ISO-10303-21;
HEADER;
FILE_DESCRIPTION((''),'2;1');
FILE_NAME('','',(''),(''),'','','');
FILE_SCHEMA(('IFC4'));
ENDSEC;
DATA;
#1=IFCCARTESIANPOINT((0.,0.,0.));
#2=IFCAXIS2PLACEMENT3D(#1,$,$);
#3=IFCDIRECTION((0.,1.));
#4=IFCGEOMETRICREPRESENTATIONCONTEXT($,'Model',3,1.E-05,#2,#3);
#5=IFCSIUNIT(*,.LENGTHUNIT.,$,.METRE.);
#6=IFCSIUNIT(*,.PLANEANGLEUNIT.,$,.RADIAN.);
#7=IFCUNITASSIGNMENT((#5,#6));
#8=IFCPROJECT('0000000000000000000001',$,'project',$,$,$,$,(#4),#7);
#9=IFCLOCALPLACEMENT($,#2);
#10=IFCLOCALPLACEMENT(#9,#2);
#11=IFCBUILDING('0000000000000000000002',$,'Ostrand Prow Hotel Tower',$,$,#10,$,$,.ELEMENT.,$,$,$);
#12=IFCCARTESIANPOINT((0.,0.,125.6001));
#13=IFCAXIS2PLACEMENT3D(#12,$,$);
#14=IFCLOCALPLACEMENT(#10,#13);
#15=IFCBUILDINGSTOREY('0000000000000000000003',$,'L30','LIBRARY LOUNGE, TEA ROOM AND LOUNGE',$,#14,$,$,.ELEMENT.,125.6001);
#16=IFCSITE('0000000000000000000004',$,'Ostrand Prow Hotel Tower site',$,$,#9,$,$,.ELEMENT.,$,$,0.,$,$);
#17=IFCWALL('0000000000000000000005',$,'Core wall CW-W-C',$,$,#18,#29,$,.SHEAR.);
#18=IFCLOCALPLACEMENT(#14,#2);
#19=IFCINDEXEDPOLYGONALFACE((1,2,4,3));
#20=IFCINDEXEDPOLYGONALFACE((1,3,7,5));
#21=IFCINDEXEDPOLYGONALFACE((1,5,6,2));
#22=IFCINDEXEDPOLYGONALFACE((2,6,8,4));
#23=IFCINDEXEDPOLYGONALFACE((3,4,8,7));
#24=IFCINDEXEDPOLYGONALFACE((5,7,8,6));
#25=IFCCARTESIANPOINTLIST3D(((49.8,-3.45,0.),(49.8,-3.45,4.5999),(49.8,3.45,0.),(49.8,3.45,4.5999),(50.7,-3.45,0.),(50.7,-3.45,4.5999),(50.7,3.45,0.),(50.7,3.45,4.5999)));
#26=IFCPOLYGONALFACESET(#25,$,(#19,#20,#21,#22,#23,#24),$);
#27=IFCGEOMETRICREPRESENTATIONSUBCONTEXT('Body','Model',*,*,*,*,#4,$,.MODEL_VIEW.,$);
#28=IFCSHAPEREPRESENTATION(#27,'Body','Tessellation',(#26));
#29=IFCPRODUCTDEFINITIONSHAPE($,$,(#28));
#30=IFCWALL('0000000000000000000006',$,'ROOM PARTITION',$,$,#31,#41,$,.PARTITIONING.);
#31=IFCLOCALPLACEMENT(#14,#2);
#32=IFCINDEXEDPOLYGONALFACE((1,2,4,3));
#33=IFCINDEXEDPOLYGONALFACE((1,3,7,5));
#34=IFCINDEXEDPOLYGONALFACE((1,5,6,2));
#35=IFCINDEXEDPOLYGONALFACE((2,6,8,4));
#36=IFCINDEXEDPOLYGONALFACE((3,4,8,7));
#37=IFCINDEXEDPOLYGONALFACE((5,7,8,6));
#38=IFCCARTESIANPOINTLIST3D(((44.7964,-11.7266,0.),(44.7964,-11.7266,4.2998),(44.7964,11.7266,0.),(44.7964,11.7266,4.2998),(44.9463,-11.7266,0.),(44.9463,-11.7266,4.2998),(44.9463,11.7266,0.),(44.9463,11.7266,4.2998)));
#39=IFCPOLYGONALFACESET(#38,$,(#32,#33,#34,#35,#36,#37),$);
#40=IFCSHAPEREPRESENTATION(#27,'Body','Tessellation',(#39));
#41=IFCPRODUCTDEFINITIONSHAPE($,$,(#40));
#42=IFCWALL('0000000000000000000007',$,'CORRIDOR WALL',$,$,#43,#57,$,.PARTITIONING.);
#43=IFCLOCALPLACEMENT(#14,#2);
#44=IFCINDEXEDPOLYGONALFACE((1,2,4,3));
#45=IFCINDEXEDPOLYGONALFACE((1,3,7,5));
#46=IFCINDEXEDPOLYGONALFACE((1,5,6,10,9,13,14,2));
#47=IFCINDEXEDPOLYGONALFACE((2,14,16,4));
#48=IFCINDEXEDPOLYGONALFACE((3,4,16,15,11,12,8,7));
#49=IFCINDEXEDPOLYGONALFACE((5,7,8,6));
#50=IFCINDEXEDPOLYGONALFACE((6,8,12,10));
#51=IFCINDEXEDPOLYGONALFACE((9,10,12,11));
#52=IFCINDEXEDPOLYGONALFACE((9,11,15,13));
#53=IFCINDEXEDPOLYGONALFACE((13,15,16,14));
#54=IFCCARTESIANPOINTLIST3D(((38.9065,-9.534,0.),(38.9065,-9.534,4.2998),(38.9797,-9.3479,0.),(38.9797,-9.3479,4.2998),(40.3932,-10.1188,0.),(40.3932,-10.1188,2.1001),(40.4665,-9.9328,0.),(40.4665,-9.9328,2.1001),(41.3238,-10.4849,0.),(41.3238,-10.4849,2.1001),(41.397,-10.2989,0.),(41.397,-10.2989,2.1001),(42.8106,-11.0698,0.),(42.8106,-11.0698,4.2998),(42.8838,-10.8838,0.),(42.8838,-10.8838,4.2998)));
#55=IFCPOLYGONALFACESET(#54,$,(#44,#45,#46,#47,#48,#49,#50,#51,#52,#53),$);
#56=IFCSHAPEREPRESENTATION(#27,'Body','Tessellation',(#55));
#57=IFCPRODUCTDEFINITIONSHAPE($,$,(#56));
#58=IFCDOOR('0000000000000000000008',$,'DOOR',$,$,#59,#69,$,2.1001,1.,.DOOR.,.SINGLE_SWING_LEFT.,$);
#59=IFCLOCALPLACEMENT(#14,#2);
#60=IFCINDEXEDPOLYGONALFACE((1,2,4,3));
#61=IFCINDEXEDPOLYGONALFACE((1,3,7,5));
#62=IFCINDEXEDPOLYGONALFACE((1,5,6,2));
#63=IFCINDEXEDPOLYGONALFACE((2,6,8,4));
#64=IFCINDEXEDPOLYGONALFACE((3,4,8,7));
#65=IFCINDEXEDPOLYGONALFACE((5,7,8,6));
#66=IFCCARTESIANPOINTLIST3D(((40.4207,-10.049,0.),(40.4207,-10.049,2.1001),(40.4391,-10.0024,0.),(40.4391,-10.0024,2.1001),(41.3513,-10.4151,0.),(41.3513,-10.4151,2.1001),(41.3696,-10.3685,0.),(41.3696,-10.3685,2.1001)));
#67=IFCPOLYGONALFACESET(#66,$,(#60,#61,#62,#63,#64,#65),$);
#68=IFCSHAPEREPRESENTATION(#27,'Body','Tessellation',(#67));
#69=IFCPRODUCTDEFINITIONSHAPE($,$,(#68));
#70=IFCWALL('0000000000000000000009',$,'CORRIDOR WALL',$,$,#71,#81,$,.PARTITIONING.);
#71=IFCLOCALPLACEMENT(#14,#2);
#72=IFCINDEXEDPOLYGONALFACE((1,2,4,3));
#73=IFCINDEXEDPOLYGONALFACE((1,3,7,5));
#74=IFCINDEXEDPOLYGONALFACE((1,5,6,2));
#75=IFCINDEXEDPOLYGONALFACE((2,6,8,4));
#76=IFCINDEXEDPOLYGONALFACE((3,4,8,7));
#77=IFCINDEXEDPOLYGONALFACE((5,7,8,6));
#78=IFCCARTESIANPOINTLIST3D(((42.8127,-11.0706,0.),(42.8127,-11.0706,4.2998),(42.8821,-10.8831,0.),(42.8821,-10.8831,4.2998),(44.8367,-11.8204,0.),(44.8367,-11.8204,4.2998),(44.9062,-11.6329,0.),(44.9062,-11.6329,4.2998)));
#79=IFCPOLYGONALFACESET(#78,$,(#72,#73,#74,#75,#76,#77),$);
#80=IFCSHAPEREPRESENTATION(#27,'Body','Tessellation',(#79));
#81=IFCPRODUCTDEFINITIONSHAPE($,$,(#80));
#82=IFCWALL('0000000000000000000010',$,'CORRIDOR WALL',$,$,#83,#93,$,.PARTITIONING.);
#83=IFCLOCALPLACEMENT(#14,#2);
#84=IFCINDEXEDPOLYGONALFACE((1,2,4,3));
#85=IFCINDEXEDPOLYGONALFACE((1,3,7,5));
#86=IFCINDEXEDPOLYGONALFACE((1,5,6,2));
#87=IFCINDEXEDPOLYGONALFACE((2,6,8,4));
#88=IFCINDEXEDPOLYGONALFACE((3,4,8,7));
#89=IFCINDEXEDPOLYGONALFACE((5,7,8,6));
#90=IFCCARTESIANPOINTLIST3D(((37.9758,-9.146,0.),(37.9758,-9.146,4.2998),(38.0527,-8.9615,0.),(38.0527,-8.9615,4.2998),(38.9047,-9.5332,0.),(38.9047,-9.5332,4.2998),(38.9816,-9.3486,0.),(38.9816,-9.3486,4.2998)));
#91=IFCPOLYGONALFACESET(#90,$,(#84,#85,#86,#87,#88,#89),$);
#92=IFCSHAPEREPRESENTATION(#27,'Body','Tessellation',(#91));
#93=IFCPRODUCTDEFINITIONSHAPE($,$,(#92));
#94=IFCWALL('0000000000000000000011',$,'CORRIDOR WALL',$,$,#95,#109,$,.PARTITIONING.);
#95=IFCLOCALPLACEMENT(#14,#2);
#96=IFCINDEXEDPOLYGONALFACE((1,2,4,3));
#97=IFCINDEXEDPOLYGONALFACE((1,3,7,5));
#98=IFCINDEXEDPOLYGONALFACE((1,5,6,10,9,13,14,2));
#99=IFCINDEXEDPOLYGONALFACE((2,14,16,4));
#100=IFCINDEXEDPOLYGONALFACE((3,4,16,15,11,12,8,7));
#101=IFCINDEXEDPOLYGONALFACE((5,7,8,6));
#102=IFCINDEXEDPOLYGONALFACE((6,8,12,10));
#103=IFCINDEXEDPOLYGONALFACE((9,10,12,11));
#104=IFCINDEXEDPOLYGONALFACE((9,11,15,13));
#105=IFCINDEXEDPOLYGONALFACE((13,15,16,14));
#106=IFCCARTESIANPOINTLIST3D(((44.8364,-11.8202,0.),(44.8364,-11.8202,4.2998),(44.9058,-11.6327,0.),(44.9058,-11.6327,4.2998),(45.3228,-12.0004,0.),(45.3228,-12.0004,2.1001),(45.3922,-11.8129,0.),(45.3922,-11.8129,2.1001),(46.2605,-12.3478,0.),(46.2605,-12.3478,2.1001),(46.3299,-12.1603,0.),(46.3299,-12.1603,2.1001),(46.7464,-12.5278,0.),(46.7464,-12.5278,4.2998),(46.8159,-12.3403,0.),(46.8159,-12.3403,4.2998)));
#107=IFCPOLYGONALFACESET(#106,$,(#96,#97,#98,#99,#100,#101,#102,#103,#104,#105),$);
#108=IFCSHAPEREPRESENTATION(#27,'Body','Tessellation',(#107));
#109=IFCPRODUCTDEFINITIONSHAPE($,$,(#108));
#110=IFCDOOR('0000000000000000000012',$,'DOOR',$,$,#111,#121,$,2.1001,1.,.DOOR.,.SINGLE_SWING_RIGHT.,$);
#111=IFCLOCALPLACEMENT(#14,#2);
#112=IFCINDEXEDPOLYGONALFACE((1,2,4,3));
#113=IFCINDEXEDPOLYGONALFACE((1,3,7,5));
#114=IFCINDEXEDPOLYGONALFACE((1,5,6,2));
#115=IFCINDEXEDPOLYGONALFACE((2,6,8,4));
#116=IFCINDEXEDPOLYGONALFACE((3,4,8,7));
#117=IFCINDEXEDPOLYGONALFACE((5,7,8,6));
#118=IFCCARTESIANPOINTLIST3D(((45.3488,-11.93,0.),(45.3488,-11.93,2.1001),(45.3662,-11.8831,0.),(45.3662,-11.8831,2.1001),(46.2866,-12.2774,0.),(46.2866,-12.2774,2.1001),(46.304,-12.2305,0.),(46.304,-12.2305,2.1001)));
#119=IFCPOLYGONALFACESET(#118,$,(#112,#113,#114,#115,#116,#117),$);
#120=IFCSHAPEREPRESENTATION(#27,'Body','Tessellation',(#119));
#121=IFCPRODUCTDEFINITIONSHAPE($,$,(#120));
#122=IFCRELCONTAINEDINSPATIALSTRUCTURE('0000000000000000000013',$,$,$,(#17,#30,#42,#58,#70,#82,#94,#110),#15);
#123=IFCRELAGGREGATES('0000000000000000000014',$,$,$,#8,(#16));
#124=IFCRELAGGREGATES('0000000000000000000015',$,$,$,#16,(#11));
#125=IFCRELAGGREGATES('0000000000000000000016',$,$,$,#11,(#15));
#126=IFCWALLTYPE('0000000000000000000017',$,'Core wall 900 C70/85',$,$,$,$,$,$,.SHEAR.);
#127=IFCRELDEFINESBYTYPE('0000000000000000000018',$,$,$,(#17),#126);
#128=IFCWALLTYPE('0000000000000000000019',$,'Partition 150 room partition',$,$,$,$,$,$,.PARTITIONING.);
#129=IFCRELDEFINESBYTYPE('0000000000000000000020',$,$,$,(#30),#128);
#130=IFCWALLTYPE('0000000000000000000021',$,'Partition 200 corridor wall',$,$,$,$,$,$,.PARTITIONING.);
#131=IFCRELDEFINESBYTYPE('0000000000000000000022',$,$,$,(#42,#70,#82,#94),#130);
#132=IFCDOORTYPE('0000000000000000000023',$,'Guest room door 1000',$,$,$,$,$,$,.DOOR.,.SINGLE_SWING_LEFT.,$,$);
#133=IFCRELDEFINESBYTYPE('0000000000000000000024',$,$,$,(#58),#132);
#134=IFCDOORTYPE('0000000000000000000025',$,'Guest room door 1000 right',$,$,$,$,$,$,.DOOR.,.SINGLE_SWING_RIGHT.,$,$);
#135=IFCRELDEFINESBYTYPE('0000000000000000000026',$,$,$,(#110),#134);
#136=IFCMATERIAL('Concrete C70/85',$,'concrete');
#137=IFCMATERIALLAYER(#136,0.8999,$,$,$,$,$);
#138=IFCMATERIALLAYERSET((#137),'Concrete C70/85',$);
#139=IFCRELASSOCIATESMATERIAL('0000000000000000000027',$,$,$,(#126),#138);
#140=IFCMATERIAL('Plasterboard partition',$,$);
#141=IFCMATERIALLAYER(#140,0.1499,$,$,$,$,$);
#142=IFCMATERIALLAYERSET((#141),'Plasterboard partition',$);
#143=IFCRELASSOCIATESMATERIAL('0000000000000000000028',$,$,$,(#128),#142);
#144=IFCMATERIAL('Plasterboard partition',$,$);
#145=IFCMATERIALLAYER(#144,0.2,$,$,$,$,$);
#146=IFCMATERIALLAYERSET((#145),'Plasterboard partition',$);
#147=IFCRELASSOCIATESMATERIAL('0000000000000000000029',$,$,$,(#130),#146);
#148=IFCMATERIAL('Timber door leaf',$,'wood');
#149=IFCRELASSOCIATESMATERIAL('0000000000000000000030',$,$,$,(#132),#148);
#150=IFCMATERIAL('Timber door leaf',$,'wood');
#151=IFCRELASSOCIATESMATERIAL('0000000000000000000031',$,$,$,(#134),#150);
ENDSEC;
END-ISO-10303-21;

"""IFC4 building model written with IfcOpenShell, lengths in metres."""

from ifc_helpers import new_model, si_unit, direction, frame, frame_2d, origin, place, context, subcontext, project, spatial, rectangle, extrude, material, layer, layer_set, type_object, element, fill, save


model = new_model("IFC4")

# Units and contexts
model_context = context("Model", 3, precision=1e-05, world=origin(), true_north=direction((0.0, 1.0)))
body_context = subcontext(model_context, "Body", "Model", "MODEL_VIEW")
ifc_project = project(units=[si_unit("LENGTHUNIT", "METRE"), si_unit("PLANEANGLEUNIT", "RADIAN")], contexts=[model_context])

# Site, building, storey
site_placement = place(None, origin())
site = spatial("IfcSite", under=ifc_project, at=site_placement, Name="Ostrand Prow Hotel Tower site", CompositionType="ELEMENT", RefElevation=0.0)
building_placement = place(site_placement, origin())
building = spatial("IfcBuilding", under=site, at=building_placement, Name="Ostrand Prow Hotel Tower", CompositionType="ELEMENT")
storey_placement = place(building_placement, frame((0.0, 0.0, 125.6001)))
storey = spatial("IfcBuildingStorey", under=building, at=storey_placement, Name="L30", Description="LIBRARY LOUNGE, TEA ROOM AND LOUNGE", CompositionType="ELEMENT", Elevation=125.6001)

# Walls
ifc_material_1 = material(Name="Concrete C70/85", Category="concrete")
ifc_layer_1 = layer(ifc_material_1, 0.8999)
ifc_layer_set_1 = layer_set([ifc_layer_1], Name="Concrete C70/85")
wall_type_1 = type_object("IfcWallType", Name="Core wall 900 C70/85", PredefinedType="SHEAR", material=ifc_layer_set_1)
wall_1_placement = place(storey_placement, frame((50.25, -3.45, 0.0), z_axis=(0.0, 0.0, 1.0), x_axis=(0.0, 1.0, 0.0)))
element("IfcWall", 1, at=wall_1_placement, inside=storey, type_object=wall_type_1, Name="Core wall CW-W-C", PredefinedType="SHEAR", context=body_context, shape_type="SweptSolid", body=[
    extrude(rectangle(XDim=6.8999, YDim=0.8999, at=frame_2d((3.45, 0.0))), origin(), (0.0, 0.0, 1.0), 4.5999),
])
ifc_material_2 = material(Name="Plasterboard partition")
ifc_layer_2 = layer(ifc_material_2, 0.1499)
ifc_layer_set_2 = layer_set([ifc_layer_2], Name="Plasterboard partition")
wall_type_2 = type_object("IfcWallType", Name="Partition 150 room partition", PredefinedType="PARTITIONING", material=ifc_layer_set_2)
wall_2_placement = place(storey_placement, frame((44.8713, -11.7266, 0.0), z_axis=(0.0, 0.0, 1.0), x_axis=(0.0, 1.0, 0.0)))
element("IfcWall", 2, at=wall_2_placement, inside=storey, type_object=wall_type_2, Name="ROOM PARTITION", PredefinedType="PARTITIONING", context=body_context, shape_type="SweptSolid", body=[
    extrude(rectangle(XDim=23.4531, YDim=0.1499, at=frame_2d((11.7266, 0.0))), origin(), (0.0, 0.0, 1.0), 4.2998),
])

# Wall, opening, door
ifc_material_3 = material(Name="Plasterboard partition")
ifc_layer_3 = layer(ifc_material_3, 0.2)
ifc_layer_set_3 = layer_set([ifc_layer_3], Name="Plasterboard partition")
wall_type_3 = type_object("IfcWallType", Name="Partition 200 corridor wall", PredefinedType="PARTITIONING", material=ifc_layer_set_3)
wall_3_placement = place(storey_placement, frame((42.8472, -10.9768, 0.0), z_axis=(0.0, 0.0, 1.0), x_axis=(-0.930577, 0.366097, 0.0)))
wall_3 = element("IfcWall", 3, at=wall_3_placement, inside=storey, type_object=wall_type_3, Name="CORRIDOR WALL", PredefinedType="PARTITIONING", context=body_context, shape_type="SweptSolid", body=[
    extrude(rectangle(XDim=4.1953, YDim=0.2, at=frame_2d((2.0977, 0.0))), origin(), (0.0, 0.0, 1.0), 4.2998),
])
opening_1_placement = place(wall_3_placement, frame((1.5977, 0.0, 0.0)))
opening_1 = element("IfcOpeningElement", 4, at=opening_1_placement, cuts=wall_3, PredefinedType="OPENING", context=body_context, shape_type="SweptSolid", body=[
    extrude(rectangle(XDim=1.0, YDim=2.1001, at=frame_2d((0.5, 1.05))), frame((0.0, 0.1099, 0.0), z_axis=(0.0, -1.0, 0.0), x_axis=(1.0, 0.0, 0.0)), (0.0, 0.0, 1.0), 0.22),
])
ifc_material_4 = material(Name="Timber door leaf", Category="wood")
door_type_1 = type_object("IfcDoorType", Name="Guest room door 1000", OperationType="SINGLE_SWING_LEFT", PredefinedType="DOOR", material=ifc_material_4)
door_1_placement = place(opening_1_placement, origin())
door_1 = element("IfcDoor", 5, at=door_1_placement, inside=storey, type_object=door_type_1, Name="DOOR", OperationType="SINGLE_SWING_LEFT", OverallHeight=2.1001, OverallWidth=1.0, PredefinedType="DOOR", context=body_context, shape_type="SweptSolid", body=[
    extrude(rectangle(XDim=1.0, YDim=2.1001, at=frame_2d((0.5, 1.05))), frame((0.0, 0.0249, 0.0), z_axis=(0.0, -1.0, 0.0), x_axis=(1.0, 0.0, 0.0)), (0.0, 0.0, 1.0), 0.05),
])
fill(opening_1, door_1)

# Walls
wall_4_placement = place(storey_placement, frame((44.8713, -11.7266, 0.0), z_axis=(0.0, 0.0, 1.0), x_axis=(-0.937739, 0.34734, 0.0)))
element("IfcWall", 6, at=wall_4_placement, inside=storey, type_object=wall_type_3, Name="CORRIDOR WALL", PredefinedType="PARTITIONING", context=body_context, shape_type="SweptSolid", body=[
    extrude(rectangle(XDim=2.1584, YDim=0.2, at=frame_2d((1.0791, 0.0))), origin(), (0.0, 0.0, 1.0), 4.2998),
])
wall_5_placement = place(storey_placement, frame((38.9431, -9.4409, 0.0), z_axis=(0.0, 0.0, 1.0), x_axis=(-0.923027, 0.384736, 0.0)))
element("IfcWall", 7, at=wall_5_placement, inside=storey, type_object=wall_type_3, Name="CORRIDOR WALL", PredefinedType="PARTITIONING", context=body_context, shape_type="SweptSolid", body=[
    extrude(rectangle(XDim=1.0063, YDim=0.2, at=frame_2d((0.5032, 0.0))), origin(), (0.0, 0.0, 1.0), 4.2998),
])

# Wall, opening, door
wall_6_placement = place(storey_placement, frame((46.7812, -12.4341, 0.0), z_axis=(0.0, 0.0, 1.0), x_axis=(-0.937726, 0.347377, 0.0)))
wall_6 = element("IfcWall", 8, at=wall_6_placement, inside=storey, type_object=wall_type_3, Name="CORRIDOR WALL", PredefinedType="PARTITIONING", context=body_context, shape_type="SweptSolid", body=[
    extrude(rectangle(XDim=2.0369, YDim=0.2, at=frame_2d((1.0186, 0.0))), origin(), (0.0, 0.0, 1.0), 4.2998),
])
opening_2_placement = place(wall_6_placement, frame((0.5183, 0.0, 0.0)))
opening_2 = element("IfcOpeningElement", 9, at=opening_2_placement, cuts=wall_6, PredefinedType="OPENING", context=body_context, shape_type="SweptSolid", body=[
    extrude(rectangle(XDim=1.0, YDim=2.1001, at=frame_2d((0.5, 1.05))), frame((0.0, 0.1099, 0.0), z_axis=(0.0, -1.0, 0.0), x_axis=(1.0, 0.0, 0.0)), (0.0, 0.0, 1.0), 0.22),
])
ifc_material_5 = material(Name="Timber door leaf", Category="wood")
door_type_2 = type_object("IfcDoorType", Name="Guest room door 1000 right", OperationType="SINGLE_SWING_RIGHT", PredefinedType="DOOR", material=ifc_material_5)
door_2_placement = place(opening_2_placement, origin())
door_2 = element("IfcDoor", 10, at=door_2_placement, inside=storey, type_object=door_type_2, Name="DOOR", OperationType="SINGLE_SWING_RIGHT", OverallHeight=2.1001, OverallWidth=1.0, PredefinedType="DOOR", context=body_context, shape_type="SweptSolid", body=[
    extrude(rectangle(XDim=1.0, YDim=2.1001, at=frame_2d((0.5, 1.05))), frame((0.0, 0.0249, 0.0), z_axis=(0.0, -1.0, 0.0), x_axis=(1.0, 0.0, 0.0)), (0.0, 0.0, 1.0), 0.05),
])
fill(opening_2, door_2)

save(model, "model.ifc")
